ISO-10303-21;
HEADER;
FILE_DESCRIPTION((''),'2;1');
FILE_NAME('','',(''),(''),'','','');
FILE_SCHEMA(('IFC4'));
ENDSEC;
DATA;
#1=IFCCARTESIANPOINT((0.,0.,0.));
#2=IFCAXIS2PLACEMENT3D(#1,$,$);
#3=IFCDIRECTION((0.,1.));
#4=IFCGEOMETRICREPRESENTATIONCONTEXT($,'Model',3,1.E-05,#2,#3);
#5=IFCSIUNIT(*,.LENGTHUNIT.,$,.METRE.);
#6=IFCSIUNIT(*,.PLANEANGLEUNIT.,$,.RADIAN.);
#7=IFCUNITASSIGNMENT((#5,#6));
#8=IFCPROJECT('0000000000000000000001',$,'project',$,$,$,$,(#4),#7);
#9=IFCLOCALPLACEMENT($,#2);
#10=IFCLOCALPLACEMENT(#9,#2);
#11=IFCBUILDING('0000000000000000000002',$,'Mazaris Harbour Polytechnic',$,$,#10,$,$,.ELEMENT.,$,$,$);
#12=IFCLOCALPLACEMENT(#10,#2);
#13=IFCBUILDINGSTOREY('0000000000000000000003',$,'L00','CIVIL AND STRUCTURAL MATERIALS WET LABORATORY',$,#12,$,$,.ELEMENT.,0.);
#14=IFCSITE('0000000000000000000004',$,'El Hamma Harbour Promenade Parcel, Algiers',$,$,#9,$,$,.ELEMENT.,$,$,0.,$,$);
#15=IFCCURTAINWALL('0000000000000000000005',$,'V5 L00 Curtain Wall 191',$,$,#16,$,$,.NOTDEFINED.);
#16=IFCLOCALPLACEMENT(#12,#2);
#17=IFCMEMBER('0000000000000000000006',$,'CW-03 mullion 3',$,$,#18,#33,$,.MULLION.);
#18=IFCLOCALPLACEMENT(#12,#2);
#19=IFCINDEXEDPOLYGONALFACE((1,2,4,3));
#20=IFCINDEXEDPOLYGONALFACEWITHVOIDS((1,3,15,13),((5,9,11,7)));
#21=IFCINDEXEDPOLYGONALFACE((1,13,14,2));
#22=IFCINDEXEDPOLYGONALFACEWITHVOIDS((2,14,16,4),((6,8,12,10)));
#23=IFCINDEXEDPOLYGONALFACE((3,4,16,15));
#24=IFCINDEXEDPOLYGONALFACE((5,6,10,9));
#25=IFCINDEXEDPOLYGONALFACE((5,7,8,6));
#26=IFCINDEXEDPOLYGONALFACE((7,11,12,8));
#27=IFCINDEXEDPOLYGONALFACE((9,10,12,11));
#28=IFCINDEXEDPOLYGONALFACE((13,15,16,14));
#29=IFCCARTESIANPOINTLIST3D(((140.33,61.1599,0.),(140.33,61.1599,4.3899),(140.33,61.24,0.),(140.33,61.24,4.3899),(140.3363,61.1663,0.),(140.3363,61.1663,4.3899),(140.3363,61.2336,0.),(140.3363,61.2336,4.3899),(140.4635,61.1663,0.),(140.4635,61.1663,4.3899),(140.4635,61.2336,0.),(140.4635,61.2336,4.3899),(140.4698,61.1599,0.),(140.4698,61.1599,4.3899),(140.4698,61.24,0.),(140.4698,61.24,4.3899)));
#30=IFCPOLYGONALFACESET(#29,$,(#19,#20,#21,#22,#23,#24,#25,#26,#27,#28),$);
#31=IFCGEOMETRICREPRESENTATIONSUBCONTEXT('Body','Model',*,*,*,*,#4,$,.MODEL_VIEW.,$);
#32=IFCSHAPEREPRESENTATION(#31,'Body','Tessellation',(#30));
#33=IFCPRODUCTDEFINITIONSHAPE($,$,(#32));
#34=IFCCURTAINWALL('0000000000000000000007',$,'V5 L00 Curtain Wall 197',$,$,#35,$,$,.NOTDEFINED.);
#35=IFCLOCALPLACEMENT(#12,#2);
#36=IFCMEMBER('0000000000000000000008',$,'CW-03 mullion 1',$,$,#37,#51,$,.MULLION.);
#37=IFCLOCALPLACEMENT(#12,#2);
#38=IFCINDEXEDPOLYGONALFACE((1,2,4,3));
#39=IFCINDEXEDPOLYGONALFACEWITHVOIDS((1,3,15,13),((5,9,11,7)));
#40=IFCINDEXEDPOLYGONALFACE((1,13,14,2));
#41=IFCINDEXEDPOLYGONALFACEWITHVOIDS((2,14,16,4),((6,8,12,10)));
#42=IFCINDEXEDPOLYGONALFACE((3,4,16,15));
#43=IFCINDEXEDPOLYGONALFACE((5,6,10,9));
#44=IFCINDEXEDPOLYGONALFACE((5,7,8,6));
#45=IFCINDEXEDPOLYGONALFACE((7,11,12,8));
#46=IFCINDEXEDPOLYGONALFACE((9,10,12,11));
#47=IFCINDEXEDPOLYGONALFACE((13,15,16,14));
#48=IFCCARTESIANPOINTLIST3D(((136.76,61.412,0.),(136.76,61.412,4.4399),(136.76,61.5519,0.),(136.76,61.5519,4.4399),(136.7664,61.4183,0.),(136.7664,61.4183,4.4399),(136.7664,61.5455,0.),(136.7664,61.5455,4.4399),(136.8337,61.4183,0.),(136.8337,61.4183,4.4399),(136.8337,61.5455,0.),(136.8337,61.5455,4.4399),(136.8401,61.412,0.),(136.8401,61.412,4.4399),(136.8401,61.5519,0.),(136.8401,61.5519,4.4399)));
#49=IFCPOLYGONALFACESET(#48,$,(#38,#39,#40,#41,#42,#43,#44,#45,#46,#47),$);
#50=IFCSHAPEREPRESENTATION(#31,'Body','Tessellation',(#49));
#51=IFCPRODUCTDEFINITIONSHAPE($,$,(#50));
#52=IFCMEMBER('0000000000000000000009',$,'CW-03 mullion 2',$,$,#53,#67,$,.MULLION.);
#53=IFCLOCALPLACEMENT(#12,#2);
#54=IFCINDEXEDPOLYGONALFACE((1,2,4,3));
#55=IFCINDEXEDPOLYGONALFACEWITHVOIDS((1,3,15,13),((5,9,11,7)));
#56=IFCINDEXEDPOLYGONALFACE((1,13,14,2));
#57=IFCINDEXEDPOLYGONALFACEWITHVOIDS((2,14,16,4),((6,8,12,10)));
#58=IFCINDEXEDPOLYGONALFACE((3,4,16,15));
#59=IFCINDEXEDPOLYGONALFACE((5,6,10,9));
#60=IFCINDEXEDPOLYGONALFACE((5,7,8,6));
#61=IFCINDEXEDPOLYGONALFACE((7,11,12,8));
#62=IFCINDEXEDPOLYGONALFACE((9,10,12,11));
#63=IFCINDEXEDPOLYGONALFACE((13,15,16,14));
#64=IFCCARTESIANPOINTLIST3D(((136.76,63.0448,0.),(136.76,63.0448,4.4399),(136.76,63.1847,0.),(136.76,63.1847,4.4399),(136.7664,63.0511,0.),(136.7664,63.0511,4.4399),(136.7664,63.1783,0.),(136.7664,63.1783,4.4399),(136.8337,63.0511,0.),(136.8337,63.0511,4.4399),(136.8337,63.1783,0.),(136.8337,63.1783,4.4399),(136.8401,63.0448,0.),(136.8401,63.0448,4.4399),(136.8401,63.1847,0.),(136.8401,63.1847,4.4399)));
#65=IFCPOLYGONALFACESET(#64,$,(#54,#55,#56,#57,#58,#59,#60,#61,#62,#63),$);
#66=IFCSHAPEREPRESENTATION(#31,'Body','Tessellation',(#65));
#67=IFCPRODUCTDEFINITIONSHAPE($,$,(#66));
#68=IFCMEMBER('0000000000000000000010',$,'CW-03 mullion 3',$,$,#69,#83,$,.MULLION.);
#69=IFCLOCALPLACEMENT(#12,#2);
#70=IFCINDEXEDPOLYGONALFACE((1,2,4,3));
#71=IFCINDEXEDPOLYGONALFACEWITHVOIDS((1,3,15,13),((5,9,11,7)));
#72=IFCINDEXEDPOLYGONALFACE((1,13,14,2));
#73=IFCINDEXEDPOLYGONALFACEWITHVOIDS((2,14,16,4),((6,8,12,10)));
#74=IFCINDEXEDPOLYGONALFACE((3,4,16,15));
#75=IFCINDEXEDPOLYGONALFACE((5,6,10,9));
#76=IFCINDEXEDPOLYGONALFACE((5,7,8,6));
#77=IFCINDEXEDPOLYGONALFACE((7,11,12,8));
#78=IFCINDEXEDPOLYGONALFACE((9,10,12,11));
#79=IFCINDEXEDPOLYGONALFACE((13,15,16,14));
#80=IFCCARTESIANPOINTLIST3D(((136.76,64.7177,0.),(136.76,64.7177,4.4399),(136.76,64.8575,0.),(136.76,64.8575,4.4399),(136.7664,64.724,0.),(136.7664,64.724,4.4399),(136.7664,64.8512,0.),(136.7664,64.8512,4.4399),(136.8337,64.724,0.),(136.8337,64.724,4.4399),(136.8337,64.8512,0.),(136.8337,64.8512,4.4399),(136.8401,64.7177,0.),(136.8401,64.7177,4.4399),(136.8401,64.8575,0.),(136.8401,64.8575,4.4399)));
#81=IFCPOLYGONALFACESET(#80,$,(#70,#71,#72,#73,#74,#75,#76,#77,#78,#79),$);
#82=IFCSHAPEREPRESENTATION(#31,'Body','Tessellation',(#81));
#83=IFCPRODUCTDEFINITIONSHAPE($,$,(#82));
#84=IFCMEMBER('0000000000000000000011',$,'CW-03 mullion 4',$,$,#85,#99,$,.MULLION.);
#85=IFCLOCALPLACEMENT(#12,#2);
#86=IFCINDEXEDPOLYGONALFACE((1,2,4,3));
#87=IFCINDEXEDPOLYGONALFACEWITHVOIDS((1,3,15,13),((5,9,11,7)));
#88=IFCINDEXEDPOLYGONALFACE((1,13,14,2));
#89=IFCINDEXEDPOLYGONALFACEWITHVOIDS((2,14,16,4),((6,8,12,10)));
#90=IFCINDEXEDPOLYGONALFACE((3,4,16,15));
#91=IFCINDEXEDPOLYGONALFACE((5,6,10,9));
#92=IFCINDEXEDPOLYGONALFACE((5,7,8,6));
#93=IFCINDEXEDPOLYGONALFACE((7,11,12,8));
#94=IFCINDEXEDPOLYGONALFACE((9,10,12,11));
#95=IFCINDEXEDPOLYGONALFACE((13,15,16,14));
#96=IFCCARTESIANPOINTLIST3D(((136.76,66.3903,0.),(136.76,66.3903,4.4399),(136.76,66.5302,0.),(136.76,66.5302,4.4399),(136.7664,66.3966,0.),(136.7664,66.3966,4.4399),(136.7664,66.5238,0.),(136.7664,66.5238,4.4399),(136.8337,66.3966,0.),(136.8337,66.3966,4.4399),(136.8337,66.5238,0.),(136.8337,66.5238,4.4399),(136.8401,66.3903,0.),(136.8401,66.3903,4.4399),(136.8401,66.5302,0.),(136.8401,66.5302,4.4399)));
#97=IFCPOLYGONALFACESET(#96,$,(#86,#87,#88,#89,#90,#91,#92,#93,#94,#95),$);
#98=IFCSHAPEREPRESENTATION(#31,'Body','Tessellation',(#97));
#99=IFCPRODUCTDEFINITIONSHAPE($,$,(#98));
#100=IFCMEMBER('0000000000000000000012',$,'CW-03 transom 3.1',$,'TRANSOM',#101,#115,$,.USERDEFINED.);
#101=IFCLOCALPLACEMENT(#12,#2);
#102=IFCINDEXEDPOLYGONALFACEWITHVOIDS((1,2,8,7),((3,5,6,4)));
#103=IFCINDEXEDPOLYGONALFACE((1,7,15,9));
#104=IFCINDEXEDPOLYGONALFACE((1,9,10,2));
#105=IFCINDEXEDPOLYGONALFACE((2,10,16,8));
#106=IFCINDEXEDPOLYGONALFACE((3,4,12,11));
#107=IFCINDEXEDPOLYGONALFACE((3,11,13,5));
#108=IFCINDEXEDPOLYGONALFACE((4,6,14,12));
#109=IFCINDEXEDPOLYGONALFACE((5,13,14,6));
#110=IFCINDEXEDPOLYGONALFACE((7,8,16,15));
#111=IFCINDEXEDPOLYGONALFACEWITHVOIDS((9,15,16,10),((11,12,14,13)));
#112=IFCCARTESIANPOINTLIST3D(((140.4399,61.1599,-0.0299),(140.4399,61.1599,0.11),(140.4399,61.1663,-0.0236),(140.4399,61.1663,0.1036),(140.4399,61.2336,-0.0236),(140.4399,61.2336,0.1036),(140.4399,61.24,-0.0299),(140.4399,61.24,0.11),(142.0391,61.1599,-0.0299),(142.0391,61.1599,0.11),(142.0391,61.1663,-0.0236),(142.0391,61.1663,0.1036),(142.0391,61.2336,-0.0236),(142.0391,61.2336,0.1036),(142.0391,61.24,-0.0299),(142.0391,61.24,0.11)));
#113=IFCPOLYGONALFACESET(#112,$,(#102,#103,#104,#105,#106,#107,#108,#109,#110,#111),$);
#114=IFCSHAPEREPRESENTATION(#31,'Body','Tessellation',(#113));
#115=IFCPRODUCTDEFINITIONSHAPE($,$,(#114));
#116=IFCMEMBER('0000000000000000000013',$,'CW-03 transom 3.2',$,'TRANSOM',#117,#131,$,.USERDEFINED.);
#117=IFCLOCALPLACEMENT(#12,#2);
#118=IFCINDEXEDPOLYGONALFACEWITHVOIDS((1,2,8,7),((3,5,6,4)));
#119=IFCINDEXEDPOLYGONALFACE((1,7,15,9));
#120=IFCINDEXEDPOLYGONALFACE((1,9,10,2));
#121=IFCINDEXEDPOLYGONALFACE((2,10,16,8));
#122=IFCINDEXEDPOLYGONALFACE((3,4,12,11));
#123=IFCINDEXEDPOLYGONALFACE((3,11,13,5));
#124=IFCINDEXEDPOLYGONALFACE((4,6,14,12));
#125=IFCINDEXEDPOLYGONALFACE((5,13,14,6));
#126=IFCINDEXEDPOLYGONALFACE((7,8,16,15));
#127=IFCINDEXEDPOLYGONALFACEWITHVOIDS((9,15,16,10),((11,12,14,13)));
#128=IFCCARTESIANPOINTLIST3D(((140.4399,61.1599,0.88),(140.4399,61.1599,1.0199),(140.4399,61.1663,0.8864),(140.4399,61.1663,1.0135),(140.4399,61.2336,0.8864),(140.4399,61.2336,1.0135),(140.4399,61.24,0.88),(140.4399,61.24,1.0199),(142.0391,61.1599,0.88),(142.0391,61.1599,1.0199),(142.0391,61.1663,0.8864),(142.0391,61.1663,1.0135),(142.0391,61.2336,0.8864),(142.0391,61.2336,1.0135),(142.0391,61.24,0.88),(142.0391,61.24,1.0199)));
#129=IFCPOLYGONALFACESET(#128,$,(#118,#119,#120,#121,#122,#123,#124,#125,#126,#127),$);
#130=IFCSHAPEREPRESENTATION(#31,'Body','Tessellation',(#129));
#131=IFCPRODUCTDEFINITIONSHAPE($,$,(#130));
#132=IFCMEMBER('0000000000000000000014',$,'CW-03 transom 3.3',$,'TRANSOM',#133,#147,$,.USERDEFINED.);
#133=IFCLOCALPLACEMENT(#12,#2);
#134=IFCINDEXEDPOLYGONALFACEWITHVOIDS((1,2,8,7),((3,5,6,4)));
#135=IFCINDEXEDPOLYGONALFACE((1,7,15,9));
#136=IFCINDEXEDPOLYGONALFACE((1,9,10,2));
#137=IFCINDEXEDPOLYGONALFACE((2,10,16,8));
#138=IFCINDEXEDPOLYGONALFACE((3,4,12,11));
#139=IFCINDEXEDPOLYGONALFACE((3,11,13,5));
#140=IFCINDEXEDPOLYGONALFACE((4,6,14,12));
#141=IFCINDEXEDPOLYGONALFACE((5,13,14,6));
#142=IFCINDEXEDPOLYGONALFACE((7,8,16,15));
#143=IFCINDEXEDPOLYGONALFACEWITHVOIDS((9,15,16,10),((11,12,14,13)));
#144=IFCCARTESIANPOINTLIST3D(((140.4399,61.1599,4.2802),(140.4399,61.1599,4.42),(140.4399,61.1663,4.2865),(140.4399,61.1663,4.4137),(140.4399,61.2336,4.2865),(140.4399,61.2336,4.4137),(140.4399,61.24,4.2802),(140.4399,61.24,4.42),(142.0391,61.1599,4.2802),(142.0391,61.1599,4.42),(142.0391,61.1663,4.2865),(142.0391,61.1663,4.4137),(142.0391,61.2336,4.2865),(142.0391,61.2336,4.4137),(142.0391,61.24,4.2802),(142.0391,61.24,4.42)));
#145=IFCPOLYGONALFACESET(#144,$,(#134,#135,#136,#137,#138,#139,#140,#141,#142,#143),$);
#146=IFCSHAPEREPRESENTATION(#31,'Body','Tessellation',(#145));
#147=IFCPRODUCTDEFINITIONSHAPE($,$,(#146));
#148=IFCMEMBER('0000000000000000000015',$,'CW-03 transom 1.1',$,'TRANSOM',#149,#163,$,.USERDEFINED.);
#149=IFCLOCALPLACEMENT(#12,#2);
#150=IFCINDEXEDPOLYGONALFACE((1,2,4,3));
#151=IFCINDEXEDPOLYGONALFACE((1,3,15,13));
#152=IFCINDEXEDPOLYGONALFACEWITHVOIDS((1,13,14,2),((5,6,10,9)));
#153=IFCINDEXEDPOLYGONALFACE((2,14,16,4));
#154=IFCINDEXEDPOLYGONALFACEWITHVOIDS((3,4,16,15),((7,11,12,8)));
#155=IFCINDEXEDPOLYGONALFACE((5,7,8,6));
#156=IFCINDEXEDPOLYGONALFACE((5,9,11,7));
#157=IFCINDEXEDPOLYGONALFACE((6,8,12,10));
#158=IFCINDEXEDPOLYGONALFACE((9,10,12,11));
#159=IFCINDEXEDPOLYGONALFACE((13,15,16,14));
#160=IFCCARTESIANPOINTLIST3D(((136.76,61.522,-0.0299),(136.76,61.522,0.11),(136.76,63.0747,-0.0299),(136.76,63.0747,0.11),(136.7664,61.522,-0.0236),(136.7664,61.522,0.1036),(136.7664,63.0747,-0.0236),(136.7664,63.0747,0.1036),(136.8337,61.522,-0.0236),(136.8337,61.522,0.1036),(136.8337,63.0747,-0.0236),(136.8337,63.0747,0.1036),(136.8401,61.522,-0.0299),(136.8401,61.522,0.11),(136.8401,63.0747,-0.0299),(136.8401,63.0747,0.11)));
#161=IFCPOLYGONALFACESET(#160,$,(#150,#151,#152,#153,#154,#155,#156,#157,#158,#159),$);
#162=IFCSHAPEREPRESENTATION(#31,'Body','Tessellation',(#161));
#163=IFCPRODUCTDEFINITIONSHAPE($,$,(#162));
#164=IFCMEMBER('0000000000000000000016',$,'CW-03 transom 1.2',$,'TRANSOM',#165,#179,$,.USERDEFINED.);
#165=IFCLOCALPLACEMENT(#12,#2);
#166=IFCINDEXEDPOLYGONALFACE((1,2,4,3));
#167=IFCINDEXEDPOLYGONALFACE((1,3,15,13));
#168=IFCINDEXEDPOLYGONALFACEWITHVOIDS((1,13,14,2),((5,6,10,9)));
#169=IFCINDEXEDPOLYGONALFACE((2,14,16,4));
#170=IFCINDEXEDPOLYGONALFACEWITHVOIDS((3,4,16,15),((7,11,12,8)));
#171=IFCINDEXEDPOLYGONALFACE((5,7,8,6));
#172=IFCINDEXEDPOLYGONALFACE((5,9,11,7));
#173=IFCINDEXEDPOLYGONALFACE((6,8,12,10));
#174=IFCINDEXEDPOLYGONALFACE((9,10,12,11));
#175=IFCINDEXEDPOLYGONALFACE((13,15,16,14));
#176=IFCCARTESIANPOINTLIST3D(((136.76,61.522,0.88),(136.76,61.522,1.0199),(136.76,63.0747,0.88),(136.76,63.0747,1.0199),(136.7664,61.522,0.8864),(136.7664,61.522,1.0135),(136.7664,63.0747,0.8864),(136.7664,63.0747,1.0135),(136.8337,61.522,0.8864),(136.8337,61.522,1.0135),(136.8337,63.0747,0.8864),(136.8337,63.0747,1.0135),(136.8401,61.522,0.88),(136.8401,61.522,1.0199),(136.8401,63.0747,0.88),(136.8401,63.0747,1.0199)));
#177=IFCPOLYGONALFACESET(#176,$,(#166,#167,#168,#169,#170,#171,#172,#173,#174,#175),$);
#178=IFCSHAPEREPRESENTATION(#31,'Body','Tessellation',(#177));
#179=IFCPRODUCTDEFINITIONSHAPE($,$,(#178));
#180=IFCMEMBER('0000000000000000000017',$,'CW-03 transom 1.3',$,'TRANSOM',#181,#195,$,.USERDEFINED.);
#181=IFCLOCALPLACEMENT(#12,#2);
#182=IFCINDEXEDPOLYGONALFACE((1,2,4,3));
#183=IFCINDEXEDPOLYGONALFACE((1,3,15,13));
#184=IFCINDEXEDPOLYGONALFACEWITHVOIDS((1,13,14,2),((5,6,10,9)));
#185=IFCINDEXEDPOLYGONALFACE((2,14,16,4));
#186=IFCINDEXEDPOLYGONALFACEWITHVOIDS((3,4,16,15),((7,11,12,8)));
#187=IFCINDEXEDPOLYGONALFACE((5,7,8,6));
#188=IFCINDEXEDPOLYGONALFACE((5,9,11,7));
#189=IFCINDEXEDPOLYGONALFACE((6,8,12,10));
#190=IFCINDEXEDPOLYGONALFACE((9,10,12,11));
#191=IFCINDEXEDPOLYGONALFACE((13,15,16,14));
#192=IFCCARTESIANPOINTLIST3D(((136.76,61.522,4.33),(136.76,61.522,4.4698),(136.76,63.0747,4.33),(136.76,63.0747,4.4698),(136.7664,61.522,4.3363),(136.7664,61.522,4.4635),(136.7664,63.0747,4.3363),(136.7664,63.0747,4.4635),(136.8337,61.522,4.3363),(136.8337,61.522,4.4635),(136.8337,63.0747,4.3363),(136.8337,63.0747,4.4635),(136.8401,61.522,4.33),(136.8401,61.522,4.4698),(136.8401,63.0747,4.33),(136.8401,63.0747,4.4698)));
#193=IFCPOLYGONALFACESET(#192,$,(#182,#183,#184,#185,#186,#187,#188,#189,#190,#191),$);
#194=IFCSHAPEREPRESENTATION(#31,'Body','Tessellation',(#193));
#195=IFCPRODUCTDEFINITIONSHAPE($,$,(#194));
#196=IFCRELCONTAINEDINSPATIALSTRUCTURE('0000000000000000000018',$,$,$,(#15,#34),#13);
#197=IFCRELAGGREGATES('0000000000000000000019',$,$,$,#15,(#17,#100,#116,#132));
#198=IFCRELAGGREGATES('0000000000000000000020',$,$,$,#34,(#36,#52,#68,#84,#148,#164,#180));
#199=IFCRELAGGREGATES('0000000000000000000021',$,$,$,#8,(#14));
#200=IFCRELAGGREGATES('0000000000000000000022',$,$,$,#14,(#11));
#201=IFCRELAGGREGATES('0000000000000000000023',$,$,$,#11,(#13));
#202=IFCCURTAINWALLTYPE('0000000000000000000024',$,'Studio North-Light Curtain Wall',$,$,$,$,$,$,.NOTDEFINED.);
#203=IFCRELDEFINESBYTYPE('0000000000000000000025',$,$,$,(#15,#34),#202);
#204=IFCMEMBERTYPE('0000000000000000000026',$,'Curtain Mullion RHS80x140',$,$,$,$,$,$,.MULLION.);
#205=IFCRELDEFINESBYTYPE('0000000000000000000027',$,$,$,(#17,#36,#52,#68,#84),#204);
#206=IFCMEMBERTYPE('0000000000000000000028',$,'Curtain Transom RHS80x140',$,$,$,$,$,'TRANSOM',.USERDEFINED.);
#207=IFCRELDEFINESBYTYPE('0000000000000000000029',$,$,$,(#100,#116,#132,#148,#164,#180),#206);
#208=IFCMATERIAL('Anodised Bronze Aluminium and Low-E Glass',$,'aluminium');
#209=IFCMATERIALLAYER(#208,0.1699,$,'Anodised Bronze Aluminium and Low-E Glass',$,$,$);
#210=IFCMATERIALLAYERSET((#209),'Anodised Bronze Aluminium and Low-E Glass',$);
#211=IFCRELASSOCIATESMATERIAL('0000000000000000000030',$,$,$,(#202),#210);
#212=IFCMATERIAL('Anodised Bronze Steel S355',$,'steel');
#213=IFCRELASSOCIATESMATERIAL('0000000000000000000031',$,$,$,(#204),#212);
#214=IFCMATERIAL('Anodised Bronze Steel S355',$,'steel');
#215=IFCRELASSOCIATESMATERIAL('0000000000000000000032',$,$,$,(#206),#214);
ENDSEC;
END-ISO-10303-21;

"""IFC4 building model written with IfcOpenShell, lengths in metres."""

from ifc_helpers import new_model, si_unit, direction, frame, origin, origin_2d, place, context, subcontext, project, spatial, hollow_rectangle, extrude, material, layer, layer_set, material_profile, profile_set, type_object, element, aggregate, save


model = new_model("IFC4")

# Units and contexts
model_context = context("Model", 3, precision=1e-05, world=origin(), true_north=direction((0.0, 1.0)))
body_context = subcontext(model_context, "Body", "Model", "MODEL_VIEW")
ifc_project = project(units=[si_unit("LENGTHUNIT", "METRE"), si_unit("PLANEANGLEUNIT", "RADIAN")], contexts=[model_context])

# Site, building, storey
site_placement = place(None, origin())
site = spatial("IfcSite", under=ifc_project, at=site_placement, Name="El Hamma Harbour Promenade Parcel, Algiers", CompositionType="ELEMENT", RefElevation=0.0)
building_placement = place(site_placement, origin())
building = spatial("IfcBuilding", under=site, at=building_placement, Name="Mazaris Harbour Polytechnic", CompositionType="ELEMENT")
storey_placement = place(building_placement, origin())
storey = spatial("IfcBuildingStorey", under=building, at=storey_placement, Name="L00", Description="CIVIL AND STRUCTURAL MATERIALS WET LABORATORY", CompositionType="ELEMENT", Elevation=0.0)

# Curtain wall, member
ifc_material_1 = material(Name="Anodised Bronze Aluminium and Low-E Glass", Category="aluminium")
ifc_layer_1 = layer(ifc_material_1, 0.1699, Name="Anodised Bronze Aluminium and Low-E Glass")
ifc_layer_set_1 = layer_set([ifc_layer_1], Name="Anodised Bronze Aluminium and Low-E Glass")
curtain_wall_type = type_object("IfcCurtainWallType", Name="Studio North-Light Curtain Wall", PredefinedType="NOTDEFINED", material=ifc_layer_set_1)
curtain_wall_1_placement = place(storey_placement, origin())
curtain_wall_1 = element("IfcCurtainWall", 1, at=curtain_wall_1_placement, inside=storey, type_object=curtain_wall_type, Name="V5 L00 Curtain Wall 191", PredefinedType="NOTDEFINED")
ifc_material_2 = material(Name="Anodised Bronze Steel S355", Category="steel")
ifc_material_profile_1 = material_profile(ifc_material_2, hollow_rectangle(XDim=0.0801, YDim=0.1399, WallThickness=0.0063, at=origin_2d()), Name="RHS 80x140x6.3")
ifc_profile_set_1 = profile_set([ifc_material_profile_1], Name="Anodised Bronze Steel S355")
member_type_1 = type_object("IfcMemberType", Name="Curtain Mullion RHS80x140", PredefinedType="MULLION", material=ifc_profile_set_1)
member_1_placement = place(storey_placement, frame((140.3999, 61.2, 0.0), z_axis=(0.0, 0.0, 1.0), x_axis=(0.0, 1.0, 0.0)))
member_1 = element("IfcMember", 2, at=member_1_placement, type_object=member_type_1, Name="CW-03 mullion 3", PredefinedType="MULLION", context=body_context, shape_type="SweptSolid", body=[
    extrude(hollow_rectangle(XDim=0.0801, YDim=0.1399, WallThickness=0.0063, at=origin_2d()), origin(), (0.0, 0.0, 1.0), 4.3899),
])

# Curtain wall, members
curtain_wall_2_placement = place(storey_placement, origin())
curtain_wall_2 = element("IfcCurtainWall", 3, at=curtain_wall_2_placement, inside=storey, type_object=curtain_wall_type, Name="V5 L00 Curtain Wall 197", PredefinedType="NOTDEFINED")
member_2_placement = place(storey_placement, frame((136.8, 61.4819, 0.0), z_axis=(0.0, 0.0, 1.0), x_axis=(-1.0, 0.0, 0.0)))
member_2 = element("IfcMember", 4, at=member_2_placement, type_object=member_type_1, Name="CW-03 mullion 1", PredefinedType="MULLION", context=body_context, shape_type="SweptSolid", body=[
    extrude(hollow_rectangle(XDim=0.0801, YDim=0.1399, WallThickness=0.0063, at=origin_2d()), origin(), (0.0, 0.0, 1.0), 4.4399),
])
member_3_placement = place(storey_placement, frame((136.8, 63.1147, 0.0), z_axis=(0.0, 0.0, 1.0), x_axis=(-1.0, 0.0, 0.0)))
member_3 = element("IfcMember", 5, at=member_3_placement, type_object=member_type_1, Name="CW-03 mullion 2", PredefinedType="MULLION", context=body_context, shape_type="SweptSolid", body=[
    extrude(hollow_rectangle(XDim=0.0801, YDim=0.1399, WallThickness=0.0063, at=origin_2d()), origin(), (0.0, 0.0, 1.0), 4.4399),
])
member_4_placement = place(storey_placement, frame((136.8, 64.7876, 0.0), z_axis=(0.0, 0.0, 1.0), x_axis=(-1.0, 0.0, 0.0)))
member_4 = element("IfcMember", 6, at=member_4_placement, type_object=member_type_1, Name="CW-03 mullion 3", PredefinedType="MULLION", context=body_context, shape_type="SweptSolid", body=[
    extrude(hollow_rectangle(XDim=0.0801, YDim=0.1399, WallThickness=0.0063, at=origin_2d()), origin(), (0.0, 0.0, 1.0), 4.4399),
])
member_5_placement = place(storey_placement, frame((136.8, 66.4602, 0.0), z_axis=(0.0, 0.0, 1.0), x_axis=(-1.0, 0.0, 0.0)))
member_5 = element("IfcMember", 7, at=member_5_placement, type_object=member_type_1, Name="CW-03 mullion 4", PredefinedType="MULLION", context=body_context, shape_type="SweptSolid", body=[
    extrude(hollow_rectangle(XDim=0.0801, YDim=0.1399, WallThickness=0.0063, at=origin_2d()), origin(), (0.0, 0.0, 1.0), 4.4399),
])

# Members
ifc_material_3 = material(Name="Anodised Bronze Steel S355", Category="steel")
ifc_material_profile_2 = material_profile(ifc_material_3, hollow_rectangle(XDim=0.0801, YDim=0.1399, WallThickness=0.0063, at=origin_2d()), Name="RHS 80x140x6.3")
ifc_profile_set_2 = profile_set([ifc_material_profile_2], Name="Anodised Bronze Steel S355")
member_type_2 = type_object("IfcMemberType", Name="Curtain Transom RHS80x140", ElementType="TRANSOM", PredefinedType="USERDEFINED", material=ifc_profile_set_2)
member_6_placement = place(storey_placement, frame((140.4399, 61.2, 0.04), z_axis=(1.0, 0.0, 0.0), x_axis=(0.0, 1.0, 0.0)))
member_6 = element("IfcMember", 8, at=member_6_placement, type_object=member_type_2, Name="CW-03 transom 3.1", ObjectType="TRANSOM", PredefinedType="USERDEFINED", context=body_context, shape_type="SweptSolid", body=[
    extrude(hollow_rectangle(XDim=0.0801, YDim=0.1399, WallThickness=0.0063, at=origin_2d()), origin(), (0.0, 0.0, 1.0), 1.5991),
])
member_7_placement = place(storey_placement, frame((140.4399, 61.2, 0.95), z_axis=(1.0, 0.0, 0.0), x_axis=(0.0, 1.0, 0.0)))
member_7 = element("IfcMember", 9, at=member_7_placement, type_object=member_type_2, Name="CW-03 transom 3.2", ObjectType="TRANSOM", PredefinedType="USERDEFINED", context=body_context, shape_type="SweptSolid", body=[
    extrude(hollow_rectangle(XDim=0.0801, YDim=0.1399, WallThickness=0.0063, at=origin_2d()), origin(), (0.0, 0.0, 1.0), 1.5991),
])
member_8_placement = place(storey_placement, frame((140.4399, 61.2, 4.3501), z_axis=(1.0, 0.0, 0.0), x_axis=(0.0, 1.0, 0.0)))
member_8 = element("IfcMember", 10, at=member_8_placement, type_object=member_type_2, Name="CW-03 transom 3.3", ObjectType="TRANSOM", PredefinedType="USERDEFINED", context=body_context, shape_type="SweptSolid", body=[
    extrude(hollow_rectangle(XDim=0.0801, YDim=0.1399, WallThickness=0.0063, at=origin_2d()), origin(), (0.0, 0.0, 1.0), 1.5991),
])
member_9_placement = place(storey_placement, frame((136.8, 61.522, 0.04), z_axis=(0.0, 1.0, 0.0), x_axis=(-1.0, 0.0, 0.0)))
member_9 = element("IfcMember", 11, at=member_9_placement, type_object=member_type_2, Name="CW-03 transom 1.1", ObjectType="TRANSOM", PredefinedType="USERDEFINED", context=body_context, shape_type="SweptSolid", body=[
    extrude(hollow_rectangle(XDim=0.0801, YDim=0.1399, WallThickness=0.0063, at=origin_2d()), origin(), (0.0, 0.0, 1.0), 1.5527),
])
member_10_placement = place(storey_placement, frame((136.8, 61.522, 0.95), z_axis=(0.0, 1.0, 0.0), x_axis=(-1.0, 0.0, 0.0)))
member_10 = element("IfcMember", 12, at=member_10_placement, type_object=member_type_2, Name="CW-03 transom 1.2", ObjectType="TRANSOM", PredefinedType="USERDEFINED", context=body_context, shape_type="SweptSolid", body=[
    extrude(hollow_rectangle(XDim=0.0801, YDim=0.1399, WallThickness=0.0063, at=origin_2d()), origin(), (0.0, 0.0, 1.0), 1.5527),
])
member_11_placement = place(storey_placement, frame((136.8, 61.522, 4.3999), z_axis=(0.0, 1.0, 0.0), x_axis=(-1.0, 0.0, 0.0)))
member_11 = element("IfcMember", 13, at=member_11_placement, type_object=member_type_2, Name="CW-03 transom 1.3", ObjectType="TRANSOM", PredefinedType="USERDEFINED", context=body_context, shape_type="SweptSolid", body=[
    extrude(hollow_rectangle(XDim=0.0801, YDim=0.1399, WallThickness=0.0063, at=origin_2d()), origin(), (0.0, 0.0, 1.0), 1.5527),
])

aggregate(curtain_wall_1, [member_1, member_6, member_7, member_8])
aggregate(curtain_wall_2, [member_2, member_3, member_4, member_5, member_9, member_10, member_11])

save(model, "model.ifc")
